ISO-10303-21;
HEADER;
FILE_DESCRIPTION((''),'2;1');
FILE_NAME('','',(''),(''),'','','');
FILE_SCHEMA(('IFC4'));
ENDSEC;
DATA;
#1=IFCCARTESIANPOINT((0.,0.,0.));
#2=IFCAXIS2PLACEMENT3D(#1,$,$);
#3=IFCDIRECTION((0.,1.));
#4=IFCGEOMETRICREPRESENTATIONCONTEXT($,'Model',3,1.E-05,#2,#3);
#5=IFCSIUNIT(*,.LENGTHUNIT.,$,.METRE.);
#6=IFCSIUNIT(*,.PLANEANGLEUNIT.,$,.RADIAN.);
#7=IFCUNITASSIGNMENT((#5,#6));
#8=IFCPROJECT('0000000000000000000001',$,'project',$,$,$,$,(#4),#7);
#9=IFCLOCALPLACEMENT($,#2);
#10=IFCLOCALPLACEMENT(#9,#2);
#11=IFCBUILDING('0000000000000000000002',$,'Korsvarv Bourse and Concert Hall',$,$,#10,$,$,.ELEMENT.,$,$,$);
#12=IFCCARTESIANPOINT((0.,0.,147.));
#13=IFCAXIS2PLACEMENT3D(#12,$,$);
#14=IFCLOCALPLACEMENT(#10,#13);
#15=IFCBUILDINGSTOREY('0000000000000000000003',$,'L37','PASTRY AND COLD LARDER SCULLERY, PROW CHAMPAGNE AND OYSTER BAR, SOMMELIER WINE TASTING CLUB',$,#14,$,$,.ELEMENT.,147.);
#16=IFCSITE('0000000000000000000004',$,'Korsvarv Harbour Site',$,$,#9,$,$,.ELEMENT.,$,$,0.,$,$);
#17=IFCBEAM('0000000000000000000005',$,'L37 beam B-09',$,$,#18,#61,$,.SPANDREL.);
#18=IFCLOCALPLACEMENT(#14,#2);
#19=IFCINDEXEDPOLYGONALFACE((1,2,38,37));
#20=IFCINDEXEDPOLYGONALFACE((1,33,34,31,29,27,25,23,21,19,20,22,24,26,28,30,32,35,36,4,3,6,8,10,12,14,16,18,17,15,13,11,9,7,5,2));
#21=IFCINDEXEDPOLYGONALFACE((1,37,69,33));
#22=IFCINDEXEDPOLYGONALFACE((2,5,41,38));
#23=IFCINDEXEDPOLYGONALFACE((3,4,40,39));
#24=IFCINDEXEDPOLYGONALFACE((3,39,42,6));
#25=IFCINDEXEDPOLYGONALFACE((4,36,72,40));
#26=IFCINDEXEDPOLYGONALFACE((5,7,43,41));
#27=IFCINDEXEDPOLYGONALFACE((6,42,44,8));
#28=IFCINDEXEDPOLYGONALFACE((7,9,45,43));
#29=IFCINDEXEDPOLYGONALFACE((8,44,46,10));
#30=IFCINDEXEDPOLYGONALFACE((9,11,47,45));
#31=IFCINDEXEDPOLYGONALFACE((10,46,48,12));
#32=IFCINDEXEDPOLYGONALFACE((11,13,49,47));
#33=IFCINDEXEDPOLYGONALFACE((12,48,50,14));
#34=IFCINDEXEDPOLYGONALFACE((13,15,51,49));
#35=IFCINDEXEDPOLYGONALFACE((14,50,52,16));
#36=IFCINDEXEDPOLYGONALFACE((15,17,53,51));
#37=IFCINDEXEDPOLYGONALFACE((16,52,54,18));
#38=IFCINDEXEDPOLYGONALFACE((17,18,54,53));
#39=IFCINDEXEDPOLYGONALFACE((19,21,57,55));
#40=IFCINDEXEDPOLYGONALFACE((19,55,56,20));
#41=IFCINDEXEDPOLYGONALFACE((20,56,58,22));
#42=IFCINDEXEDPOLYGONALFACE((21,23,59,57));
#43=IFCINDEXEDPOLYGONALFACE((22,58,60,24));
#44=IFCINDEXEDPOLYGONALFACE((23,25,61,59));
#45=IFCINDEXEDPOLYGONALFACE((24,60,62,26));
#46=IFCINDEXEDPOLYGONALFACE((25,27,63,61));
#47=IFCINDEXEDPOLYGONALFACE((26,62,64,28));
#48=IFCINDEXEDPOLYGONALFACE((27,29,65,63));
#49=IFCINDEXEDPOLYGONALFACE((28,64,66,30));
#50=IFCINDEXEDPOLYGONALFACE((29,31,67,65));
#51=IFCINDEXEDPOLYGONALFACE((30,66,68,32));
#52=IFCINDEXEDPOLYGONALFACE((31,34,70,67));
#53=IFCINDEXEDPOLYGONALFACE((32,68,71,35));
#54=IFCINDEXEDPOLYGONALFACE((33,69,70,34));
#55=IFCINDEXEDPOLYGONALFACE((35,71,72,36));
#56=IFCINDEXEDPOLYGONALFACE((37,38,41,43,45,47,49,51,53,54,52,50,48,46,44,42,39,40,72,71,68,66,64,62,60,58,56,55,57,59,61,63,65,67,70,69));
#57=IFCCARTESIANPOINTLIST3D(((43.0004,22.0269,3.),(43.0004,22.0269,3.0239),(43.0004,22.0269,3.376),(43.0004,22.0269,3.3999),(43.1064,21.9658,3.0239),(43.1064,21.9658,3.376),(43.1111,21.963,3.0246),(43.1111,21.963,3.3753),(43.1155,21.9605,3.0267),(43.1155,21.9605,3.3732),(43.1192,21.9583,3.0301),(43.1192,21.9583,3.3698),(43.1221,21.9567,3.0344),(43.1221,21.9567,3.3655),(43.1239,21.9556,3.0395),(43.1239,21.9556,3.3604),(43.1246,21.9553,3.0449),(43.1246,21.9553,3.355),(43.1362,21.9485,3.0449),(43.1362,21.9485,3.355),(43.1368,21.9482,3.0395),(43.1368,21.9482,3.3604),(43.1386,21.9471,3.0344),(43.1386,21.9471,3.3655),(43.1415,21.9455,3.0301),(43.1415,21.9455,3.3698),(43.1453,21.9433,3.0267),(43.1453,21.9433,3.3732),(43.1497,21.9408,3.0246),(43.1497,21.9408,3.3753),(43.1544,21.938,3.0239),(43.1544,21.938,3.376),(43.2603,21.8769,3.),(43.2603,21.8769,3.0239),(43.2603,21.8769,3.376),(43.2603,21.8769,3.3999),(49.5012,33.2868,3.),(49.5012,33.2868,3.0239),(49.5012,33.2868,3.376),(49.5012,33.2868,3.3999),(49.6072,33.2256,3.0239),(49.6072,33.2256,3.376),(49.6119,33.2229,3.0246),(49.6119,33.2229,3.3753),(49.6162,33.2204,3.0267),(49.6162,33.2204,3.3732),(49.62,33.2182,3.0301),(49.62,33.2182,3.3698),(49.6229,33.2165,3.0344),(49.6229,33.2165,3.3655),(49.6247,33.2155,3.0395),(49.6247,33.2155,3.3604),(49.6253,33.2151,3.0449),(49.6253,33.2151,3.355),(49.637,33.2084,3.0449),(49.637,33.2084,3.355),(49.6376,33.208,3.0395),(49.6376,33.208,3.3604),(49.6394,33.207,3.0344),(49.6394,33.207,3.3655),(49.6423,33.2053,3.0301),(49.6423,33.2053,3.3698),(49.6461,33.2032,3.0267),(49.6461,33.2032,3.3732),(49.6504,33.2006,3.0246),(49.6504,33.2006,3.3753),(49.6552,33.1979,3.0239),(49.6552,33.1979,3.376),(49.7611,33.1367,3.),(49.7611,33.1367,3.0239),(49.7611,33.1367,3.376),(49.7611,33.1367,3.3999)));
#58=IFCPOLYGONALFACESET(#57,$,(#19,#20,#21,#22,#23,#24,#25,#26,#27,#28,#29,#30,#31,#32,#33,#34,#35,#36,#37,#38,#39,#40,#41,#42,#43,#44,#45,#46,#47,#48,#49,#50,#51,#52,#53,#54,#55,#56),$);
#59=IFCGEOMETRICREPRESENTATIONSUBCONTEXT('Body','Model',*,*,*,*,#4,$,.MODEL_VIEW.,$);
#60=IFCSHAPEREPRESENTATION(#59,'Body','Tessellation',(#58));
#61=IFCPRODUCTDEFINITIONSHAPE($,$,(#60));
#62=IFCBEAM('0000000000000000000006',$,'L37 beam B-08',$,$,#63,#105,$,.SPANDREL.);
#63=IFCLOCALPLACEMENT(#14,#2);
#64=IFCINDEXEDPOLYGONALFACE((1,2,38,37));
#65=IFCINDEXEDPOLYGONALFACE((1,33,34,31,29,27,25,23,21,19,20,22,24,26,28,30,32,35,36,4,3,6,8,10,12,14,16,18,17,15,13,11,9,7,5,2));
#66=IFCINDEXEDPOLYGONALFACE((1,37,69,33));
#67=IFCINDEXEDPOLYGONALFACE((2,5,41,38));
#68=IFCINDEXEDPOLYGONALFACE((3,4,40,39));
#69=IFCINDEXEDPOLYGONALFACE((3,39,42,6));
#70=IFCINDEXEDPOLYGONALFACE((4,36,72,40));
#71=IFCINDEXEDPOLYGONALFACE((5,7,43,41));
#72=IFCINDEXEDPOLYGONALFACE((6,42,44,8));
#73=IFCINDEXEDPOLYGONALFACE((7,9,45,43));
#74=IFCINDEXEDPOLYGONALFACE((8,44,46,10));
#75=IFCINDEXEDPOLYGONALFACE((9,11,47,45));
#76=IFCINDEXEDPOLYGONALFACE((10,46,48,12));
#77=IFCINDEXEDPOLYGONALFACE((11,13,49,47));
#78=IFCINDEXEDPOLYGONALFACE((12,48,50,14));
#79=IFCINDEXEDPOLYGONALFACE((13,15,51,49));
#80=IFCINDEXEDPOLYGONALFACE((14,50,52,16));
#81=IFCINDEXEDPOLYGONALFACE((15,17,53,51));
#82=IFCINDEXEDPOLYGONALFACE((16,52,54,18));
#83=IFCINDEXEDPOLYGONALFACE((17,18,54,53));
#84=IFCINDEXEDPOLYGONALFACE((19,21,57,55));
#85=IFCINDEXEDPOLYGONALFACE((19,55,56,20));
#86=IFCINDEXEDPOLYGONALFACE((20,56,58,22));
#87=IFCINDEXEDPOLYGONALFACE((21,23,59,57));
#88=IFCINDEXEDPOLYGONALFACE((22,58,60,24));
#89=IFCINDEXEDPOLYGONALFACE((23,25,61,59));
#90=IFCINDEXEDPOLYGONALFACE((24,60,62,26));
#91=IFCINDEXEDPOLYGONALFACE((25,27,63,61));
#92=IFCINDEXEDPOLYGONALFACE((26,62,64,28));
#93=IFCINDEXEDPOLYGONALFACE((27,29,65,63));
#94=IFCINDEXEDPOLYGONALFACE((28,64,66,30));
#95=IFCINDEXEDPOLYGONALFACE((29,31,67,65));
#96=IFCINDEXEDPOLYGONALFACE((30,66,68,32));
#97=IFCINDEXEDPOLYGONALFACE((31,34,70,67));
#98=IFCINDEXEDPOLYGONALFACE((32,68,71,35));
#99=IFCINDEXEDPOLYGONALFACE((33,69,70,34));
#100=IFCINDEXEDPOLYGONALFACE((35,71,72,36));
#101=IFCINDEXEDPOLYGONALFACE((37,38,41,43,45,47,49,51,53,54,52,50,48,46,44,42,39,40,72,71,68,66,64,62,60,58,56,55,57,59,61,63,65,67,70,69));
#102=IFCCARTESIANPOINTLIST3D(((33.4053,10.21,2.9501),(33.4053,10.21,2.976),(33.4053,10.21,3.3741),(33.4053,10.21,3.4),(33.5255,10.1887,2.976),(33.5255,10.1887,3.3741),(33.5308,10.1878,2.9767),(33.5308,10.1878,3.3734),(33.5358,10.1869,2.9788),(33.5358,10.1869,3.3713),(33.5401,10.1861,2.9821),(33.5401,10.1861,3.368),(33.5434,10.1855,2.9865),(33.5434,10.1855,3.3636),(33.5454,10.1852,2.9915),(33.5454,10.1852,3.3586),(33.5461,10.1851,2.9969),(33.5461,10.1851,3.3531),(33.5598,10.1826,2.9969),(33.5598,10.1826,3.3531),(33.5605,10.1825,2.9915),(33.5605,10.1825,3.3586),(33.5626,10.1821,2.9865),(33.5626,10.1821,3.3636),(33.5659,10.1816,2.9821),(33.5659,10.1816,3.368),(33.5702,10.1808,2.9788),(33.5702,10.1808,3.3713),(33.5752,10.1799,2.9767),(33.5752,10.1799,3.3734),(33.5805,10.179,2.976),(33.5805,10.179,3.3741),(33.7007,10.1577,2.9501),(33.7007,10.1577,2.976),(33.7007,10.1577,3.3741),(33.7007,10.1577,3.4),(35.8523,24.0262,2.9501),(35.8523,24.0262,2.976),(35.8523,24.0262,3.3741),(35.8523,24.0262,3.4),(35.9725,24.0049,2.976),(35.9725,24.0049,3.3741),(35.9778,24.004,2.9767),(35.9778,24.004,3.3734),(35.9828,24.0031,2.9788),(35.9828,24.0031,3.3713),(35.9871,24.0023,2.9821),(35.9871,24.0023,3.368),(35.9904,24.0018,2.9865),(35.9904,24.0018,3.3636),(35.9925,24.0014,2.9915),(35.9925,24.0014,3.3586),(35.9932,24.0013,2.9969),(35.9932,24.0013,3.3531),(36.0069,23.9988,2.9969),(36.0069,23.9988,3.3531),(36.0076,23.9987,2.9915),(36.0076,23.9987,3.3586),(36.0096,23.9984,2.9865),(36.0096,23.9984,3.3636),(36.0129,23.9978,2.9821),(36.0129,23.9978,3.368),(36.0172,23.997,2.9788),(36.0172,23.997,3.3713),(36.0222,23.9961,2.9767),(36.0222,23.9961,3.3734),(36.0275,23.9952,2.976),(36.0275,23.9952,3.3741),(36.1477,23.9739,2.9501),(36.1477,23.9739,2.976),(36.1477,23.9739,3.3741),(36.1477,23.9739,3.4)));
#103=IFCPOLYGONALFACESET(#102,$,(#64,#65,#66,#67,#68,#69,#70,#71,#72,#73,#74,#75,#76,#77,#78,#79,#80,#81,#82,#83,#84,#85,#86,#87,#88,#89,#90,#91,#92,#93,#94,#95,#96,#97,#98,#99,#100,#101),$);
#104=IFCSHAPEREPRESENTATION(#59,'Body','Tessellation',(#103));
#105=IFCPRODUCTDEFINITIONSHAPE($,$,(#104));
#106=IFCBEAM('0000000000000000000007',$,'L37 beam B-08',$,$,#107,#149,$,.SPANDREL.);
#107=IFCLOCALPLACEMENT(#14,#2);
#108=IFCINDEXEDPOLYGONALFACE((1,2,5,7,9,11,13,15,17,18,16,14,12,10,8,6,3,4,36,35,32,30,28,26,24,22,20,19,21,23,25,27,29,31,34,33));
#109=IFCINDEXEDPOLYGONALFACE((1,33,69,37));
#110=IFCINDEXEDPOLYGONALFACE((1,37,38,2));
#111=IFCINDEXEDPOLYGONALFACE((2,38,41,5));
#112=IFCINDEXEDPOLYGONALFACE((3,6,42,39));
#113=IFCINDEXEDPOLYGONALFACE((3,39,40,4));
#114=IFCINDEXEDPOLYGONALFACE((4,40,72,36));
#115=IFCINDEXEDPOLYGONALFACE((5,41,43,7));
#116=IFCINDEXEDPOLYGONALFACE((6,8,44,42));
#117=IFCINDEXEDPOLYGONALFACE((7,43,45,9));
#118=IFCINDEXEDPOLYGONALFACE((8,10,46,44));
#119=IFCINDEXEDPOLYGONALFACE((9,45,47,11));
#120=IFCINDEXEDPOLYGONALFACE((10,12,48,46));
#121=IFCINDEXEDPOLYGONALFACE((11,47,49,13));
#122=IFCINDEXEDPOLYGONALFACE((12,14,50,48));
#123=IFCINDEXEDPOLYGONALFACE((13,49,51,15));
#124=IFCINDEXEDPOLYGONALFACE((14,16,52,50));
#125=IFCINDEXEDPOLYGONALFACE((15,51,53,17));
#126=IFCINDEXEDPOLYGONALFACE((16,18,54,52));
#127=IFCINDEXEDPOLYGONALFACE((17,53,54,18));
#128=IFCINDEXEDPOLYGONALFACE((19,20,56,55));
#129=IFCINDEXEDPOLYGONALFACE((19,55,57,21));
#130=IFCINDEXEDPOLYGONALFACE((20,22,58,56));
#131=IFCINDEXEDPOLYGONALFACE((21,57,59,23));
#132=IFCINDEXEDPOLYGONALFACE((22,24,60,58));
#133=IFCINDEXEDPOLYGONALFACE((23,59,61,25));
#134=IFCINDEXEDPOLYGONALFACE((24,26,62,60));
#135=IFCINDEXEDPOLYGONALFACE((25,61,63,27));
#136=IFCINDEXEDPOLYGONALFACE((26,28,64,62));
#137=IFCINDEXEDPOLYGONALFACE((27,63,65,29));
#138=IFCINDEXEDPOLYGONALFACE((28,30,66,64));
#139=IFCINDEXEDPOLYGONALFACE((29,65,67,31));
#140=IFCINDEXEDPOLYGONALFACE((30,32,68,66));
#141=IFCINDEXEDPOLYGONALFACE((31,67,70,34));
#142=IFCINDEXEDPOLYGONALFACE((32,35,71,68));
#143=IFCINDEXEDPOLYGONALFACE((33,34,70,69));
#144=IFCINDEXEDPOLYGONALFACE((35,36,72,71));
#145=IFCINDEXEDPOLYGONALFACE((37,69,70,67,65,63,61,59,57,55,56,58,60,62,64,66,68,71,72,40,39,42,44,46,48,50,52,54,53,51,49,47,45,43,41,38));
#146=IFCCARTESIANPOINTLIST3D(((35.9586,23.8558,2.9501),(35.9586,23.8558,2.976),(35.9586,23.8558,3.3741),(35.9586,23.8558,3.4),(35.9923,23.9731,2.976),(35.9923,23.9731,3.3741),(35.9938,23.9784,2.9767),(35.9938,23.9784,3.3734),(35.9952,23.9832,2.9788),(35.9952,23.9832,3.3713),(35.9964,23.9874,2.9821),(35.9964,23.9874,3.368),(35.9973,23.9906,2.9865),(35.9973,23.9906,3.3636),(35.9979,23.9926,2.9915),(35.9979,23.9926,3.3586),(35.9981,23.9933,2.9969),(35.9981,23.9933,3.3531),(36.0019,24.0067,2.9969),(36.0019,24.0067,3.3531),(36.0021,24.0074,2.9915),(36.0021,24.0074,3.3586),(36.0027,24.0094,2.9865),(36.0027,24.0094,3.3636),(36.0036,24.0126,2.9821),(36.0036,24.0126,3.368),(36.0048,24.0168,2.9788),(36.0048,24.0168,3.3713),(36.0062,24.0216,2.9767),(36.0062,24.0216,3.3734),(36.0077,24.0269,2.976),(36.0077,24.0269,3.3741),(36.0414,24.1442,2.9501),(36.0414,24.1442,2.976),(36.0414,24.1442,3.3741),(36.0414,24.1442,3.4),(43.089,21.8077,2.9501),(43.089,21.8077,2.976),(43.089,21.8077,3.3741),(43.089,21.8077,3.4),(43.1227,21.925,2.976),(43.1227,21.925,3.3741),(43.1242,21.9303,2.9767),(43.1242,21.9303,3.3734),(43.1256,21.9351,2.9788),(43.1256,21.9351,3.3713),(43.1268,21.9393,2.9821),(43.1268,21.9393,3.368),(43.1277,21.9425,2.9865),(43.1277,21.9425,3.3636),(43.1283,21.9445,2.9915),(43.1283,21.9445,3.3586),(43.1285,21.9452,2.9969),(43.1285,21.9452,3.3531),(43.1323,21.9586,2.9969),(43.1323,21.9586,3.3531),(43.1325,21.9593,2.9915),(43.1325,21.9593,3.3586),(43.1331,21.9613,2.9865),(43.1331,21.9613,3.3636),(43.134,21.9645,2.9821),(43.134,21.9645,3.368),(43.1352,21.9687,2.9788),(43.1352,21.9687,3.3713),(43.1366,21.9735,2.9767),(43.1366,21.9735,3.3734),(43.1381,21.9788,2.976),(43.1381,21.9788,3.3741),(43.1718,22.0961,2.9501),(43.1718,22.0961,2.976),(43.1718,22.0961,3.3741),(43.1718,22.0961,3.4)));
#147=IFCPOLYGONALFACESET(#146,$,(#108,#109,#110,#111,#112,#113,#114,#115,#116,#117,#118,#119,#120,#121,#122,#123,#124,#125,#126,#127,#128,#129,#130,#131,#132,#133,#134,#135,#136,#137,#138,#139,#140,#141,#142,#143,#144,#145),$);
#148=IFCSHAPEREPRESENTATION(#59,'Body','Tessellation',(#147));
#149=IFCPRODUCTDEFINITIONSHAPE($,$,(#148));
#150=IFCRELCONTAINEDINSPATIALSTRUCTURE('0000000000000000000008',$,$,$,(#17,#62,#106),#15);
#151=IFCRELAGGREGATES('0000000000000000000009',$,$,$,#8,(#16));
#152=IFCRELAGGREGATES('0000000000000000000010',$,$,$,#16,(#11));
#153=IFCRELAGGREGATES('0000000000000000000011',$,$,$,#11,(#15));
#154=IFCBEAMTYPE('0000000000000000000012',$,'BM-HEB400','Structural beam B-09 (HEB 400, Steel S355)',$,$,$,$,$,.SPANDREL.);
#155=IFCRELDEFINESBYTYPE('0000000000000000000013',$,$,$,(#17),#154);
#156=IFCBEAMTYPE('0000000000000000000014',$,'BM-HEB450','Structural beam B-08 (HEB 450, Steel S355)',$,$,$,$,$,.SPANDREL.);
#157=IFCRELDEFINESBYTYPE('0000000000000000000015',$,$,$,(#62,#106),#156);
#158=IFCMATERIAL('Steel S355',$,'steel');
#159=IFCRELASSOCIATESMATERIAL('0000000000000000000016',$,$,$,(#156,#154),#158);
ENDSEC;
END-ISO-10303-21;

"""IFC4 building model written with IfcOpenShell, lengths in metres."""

from ifc_helpers import new_model, si_unit, direction, frame, origin, origin_2d, place, context, subcontext, project, spatial, i_section, extrude, source, transform, mapped, material, material_profile, profile_set, type_object, element, save


model = new_model("IFC4")

# Units and contexts
model_context = context("Model", 3, precision=1e-05, world=origin(), true_north=direction((0.0, 1.0)))
body_context = subcontext(model_context, "Body", "Model", "MODEL_VIEW")
ifc_project = project(units=[si_unit("LENGTHUNIT", "METRE"), si_unit("PLANEANGLEUNIT", "RADIAN")], contexts=[model_context])

# Site, building, storey
site_placement = place(None, origin())
site = spatial("IfcSite", under=ifc_project, at=site_placement, Name="Korsvarv Harbour Site", CompositionType="ELEMENT", RefElevation=0.0)
building_placement = place(site_placement, origin())
building = spatial("IfcBuilding", under=site, at=building_placement, Name="Korsvarv Bourse and Concert Hall", CompositionType="ELEMENT")
storey_placement = place(building_placement, frame((0.0, 0.0, 147.0)))
storey = spatial("IfcBuildingStorey", under=building, at=storey_placement, Name="L37", Description="PASTRY AND COLD LARDER SCULLERY, PROW CHAMPAGNE AND OYSTER BAR, SOMMELIER WINE TASTING CLUB", CompositionType="ELEMENT", Elevation=147.0)

# Shared definitions
ifc_material_1 = material(Name="Steel S355", Category="steel")

# Beams
ifc_material_profile_1 = material_profile(ifc_material_1, i_section(OverallWidth=0.3, OverallDepth=0.45, WebThickness=0.0139, FlangeThickness=0.0259, FilletRadius=0.021, at=origin_2d()), Name="HEB 450")
ifc_profile_set_1 = profile_set([ifc_material_profile_1], Name="Steel S355")
beam_type_1 = type_object("IfcBeamType", Name="BM-HEB450", Description="Structural beam B-08 (HEB 450, Steel S355)", PredefinedType="SPANDREL", material=ifc_profile_set_1)
ifc_material_profile_2 = material_profile(ifc_material_1, i_section(OverallWidth=0.3, OverallDepth=0.3999, WebThickness=0.0134, FlangeThickness=0.0239, FilletRadius=0.021, at=origin_2d()), Name="HEB 400")
ifc_profile_set_2 = profile_set([ifc_material_profile_2], Name="Steel S355")
beam_type_2 = type_object("IfcBeamType", Name="BM-HEB400", Description="Structural beam B-09 (HEB 400, Steel S355)", PredefinedType="SPANDREL", material=ifc_profile_set_2)
shared_shape_1 = source(origin(), body_context, "Body", "SweptSolid", [
    extrude(i_section(OverallWidth=0.3, OverallDepth=0.3999, WebThickness=0.0134, FlangeThickness=0.0239, FilletRadius=0.021, at=origin_2d()), origin(), (0.0, 0.0, 1.0), 13.0017),
])
beam_1_placement = place(storey_placement, frame((43.1304, 21.9519, 3.2), z_axis=(0.499994, 0.866029, 0.0), x_axis=(-0.866029, 0.499994, 0.0)))
element("IfcBeam", 1, at=beam_1_placement, inside=storey, type_object=beam_type_2, Name="L37 beam B-09", PredefinedType="SPANDREL", context=body_context, shape_type="MappedRepresentation", body=[
    mapped(shared_shape_1, transform((0.0, 0.0, 0.0), scale=1.0)),
])
shared_shape_2 = source(origin(), body_context, "Body", "SweptSolid", [
    extrude(i_section(OverallWidth=0.3, OverallDepth=0.45, WebThickness=0.0139, FlangeThickness=0.0259, FilletRadius=0.021, at=origin_2d()), origin(), (0.0, 0.0, 1.0), 14.0312),
])
beam_2_placement = place(storey_placement, frame((33.553, 10.1838, 3.175), z_axis=(0.174399, 0.984675, 0.0), x_axis=(-0.984675, 0.174399, 0.0)))
element("IfcBeam", 2, at=beam_2_placement, inside=storey, type_object=beam_type_1, Name="L37 beam B-08", PredefinedType="SPANDREL", context=body_context, shape_type="MappedRepresentation", body=[
    mapped(shared_shape_2, transform((0.0, 0.0, 0.0), scale=1.0)),
])
shared_shape_3 = source(origin(), body_context, "Body", "SweptSolid", [
    extrude(i_section(OverallWidth=0.3, OverallDepth=0.45, WebThickness=0.0139, FlangeThickness=0.0259, FilletRadius=0.021, at=origin_2d()), origin(), (0.0, 0.0, 1.0), 7.4187),
])
beam_3_placement = place(storey_placement, frame((43.1304, 21.9519, 3.175), z_axis=(-0.961137, 0.276073, 0.0), x_axis=(-0.276073, -0.961137, 0.0)))
element("IfcBeam", 3, at=beam_3_placement, inside=storey, type_object=beam_type_1, Name="L37 beam B-08", PredefinedType="SPANDREL", context=body_context, shape_type="MappedRepresentation", body=[
    mapped(shared_shape_3, transform((0.0, 0.0, 0.0), scale=1.0)),
])

save(model, "model.ifc")
